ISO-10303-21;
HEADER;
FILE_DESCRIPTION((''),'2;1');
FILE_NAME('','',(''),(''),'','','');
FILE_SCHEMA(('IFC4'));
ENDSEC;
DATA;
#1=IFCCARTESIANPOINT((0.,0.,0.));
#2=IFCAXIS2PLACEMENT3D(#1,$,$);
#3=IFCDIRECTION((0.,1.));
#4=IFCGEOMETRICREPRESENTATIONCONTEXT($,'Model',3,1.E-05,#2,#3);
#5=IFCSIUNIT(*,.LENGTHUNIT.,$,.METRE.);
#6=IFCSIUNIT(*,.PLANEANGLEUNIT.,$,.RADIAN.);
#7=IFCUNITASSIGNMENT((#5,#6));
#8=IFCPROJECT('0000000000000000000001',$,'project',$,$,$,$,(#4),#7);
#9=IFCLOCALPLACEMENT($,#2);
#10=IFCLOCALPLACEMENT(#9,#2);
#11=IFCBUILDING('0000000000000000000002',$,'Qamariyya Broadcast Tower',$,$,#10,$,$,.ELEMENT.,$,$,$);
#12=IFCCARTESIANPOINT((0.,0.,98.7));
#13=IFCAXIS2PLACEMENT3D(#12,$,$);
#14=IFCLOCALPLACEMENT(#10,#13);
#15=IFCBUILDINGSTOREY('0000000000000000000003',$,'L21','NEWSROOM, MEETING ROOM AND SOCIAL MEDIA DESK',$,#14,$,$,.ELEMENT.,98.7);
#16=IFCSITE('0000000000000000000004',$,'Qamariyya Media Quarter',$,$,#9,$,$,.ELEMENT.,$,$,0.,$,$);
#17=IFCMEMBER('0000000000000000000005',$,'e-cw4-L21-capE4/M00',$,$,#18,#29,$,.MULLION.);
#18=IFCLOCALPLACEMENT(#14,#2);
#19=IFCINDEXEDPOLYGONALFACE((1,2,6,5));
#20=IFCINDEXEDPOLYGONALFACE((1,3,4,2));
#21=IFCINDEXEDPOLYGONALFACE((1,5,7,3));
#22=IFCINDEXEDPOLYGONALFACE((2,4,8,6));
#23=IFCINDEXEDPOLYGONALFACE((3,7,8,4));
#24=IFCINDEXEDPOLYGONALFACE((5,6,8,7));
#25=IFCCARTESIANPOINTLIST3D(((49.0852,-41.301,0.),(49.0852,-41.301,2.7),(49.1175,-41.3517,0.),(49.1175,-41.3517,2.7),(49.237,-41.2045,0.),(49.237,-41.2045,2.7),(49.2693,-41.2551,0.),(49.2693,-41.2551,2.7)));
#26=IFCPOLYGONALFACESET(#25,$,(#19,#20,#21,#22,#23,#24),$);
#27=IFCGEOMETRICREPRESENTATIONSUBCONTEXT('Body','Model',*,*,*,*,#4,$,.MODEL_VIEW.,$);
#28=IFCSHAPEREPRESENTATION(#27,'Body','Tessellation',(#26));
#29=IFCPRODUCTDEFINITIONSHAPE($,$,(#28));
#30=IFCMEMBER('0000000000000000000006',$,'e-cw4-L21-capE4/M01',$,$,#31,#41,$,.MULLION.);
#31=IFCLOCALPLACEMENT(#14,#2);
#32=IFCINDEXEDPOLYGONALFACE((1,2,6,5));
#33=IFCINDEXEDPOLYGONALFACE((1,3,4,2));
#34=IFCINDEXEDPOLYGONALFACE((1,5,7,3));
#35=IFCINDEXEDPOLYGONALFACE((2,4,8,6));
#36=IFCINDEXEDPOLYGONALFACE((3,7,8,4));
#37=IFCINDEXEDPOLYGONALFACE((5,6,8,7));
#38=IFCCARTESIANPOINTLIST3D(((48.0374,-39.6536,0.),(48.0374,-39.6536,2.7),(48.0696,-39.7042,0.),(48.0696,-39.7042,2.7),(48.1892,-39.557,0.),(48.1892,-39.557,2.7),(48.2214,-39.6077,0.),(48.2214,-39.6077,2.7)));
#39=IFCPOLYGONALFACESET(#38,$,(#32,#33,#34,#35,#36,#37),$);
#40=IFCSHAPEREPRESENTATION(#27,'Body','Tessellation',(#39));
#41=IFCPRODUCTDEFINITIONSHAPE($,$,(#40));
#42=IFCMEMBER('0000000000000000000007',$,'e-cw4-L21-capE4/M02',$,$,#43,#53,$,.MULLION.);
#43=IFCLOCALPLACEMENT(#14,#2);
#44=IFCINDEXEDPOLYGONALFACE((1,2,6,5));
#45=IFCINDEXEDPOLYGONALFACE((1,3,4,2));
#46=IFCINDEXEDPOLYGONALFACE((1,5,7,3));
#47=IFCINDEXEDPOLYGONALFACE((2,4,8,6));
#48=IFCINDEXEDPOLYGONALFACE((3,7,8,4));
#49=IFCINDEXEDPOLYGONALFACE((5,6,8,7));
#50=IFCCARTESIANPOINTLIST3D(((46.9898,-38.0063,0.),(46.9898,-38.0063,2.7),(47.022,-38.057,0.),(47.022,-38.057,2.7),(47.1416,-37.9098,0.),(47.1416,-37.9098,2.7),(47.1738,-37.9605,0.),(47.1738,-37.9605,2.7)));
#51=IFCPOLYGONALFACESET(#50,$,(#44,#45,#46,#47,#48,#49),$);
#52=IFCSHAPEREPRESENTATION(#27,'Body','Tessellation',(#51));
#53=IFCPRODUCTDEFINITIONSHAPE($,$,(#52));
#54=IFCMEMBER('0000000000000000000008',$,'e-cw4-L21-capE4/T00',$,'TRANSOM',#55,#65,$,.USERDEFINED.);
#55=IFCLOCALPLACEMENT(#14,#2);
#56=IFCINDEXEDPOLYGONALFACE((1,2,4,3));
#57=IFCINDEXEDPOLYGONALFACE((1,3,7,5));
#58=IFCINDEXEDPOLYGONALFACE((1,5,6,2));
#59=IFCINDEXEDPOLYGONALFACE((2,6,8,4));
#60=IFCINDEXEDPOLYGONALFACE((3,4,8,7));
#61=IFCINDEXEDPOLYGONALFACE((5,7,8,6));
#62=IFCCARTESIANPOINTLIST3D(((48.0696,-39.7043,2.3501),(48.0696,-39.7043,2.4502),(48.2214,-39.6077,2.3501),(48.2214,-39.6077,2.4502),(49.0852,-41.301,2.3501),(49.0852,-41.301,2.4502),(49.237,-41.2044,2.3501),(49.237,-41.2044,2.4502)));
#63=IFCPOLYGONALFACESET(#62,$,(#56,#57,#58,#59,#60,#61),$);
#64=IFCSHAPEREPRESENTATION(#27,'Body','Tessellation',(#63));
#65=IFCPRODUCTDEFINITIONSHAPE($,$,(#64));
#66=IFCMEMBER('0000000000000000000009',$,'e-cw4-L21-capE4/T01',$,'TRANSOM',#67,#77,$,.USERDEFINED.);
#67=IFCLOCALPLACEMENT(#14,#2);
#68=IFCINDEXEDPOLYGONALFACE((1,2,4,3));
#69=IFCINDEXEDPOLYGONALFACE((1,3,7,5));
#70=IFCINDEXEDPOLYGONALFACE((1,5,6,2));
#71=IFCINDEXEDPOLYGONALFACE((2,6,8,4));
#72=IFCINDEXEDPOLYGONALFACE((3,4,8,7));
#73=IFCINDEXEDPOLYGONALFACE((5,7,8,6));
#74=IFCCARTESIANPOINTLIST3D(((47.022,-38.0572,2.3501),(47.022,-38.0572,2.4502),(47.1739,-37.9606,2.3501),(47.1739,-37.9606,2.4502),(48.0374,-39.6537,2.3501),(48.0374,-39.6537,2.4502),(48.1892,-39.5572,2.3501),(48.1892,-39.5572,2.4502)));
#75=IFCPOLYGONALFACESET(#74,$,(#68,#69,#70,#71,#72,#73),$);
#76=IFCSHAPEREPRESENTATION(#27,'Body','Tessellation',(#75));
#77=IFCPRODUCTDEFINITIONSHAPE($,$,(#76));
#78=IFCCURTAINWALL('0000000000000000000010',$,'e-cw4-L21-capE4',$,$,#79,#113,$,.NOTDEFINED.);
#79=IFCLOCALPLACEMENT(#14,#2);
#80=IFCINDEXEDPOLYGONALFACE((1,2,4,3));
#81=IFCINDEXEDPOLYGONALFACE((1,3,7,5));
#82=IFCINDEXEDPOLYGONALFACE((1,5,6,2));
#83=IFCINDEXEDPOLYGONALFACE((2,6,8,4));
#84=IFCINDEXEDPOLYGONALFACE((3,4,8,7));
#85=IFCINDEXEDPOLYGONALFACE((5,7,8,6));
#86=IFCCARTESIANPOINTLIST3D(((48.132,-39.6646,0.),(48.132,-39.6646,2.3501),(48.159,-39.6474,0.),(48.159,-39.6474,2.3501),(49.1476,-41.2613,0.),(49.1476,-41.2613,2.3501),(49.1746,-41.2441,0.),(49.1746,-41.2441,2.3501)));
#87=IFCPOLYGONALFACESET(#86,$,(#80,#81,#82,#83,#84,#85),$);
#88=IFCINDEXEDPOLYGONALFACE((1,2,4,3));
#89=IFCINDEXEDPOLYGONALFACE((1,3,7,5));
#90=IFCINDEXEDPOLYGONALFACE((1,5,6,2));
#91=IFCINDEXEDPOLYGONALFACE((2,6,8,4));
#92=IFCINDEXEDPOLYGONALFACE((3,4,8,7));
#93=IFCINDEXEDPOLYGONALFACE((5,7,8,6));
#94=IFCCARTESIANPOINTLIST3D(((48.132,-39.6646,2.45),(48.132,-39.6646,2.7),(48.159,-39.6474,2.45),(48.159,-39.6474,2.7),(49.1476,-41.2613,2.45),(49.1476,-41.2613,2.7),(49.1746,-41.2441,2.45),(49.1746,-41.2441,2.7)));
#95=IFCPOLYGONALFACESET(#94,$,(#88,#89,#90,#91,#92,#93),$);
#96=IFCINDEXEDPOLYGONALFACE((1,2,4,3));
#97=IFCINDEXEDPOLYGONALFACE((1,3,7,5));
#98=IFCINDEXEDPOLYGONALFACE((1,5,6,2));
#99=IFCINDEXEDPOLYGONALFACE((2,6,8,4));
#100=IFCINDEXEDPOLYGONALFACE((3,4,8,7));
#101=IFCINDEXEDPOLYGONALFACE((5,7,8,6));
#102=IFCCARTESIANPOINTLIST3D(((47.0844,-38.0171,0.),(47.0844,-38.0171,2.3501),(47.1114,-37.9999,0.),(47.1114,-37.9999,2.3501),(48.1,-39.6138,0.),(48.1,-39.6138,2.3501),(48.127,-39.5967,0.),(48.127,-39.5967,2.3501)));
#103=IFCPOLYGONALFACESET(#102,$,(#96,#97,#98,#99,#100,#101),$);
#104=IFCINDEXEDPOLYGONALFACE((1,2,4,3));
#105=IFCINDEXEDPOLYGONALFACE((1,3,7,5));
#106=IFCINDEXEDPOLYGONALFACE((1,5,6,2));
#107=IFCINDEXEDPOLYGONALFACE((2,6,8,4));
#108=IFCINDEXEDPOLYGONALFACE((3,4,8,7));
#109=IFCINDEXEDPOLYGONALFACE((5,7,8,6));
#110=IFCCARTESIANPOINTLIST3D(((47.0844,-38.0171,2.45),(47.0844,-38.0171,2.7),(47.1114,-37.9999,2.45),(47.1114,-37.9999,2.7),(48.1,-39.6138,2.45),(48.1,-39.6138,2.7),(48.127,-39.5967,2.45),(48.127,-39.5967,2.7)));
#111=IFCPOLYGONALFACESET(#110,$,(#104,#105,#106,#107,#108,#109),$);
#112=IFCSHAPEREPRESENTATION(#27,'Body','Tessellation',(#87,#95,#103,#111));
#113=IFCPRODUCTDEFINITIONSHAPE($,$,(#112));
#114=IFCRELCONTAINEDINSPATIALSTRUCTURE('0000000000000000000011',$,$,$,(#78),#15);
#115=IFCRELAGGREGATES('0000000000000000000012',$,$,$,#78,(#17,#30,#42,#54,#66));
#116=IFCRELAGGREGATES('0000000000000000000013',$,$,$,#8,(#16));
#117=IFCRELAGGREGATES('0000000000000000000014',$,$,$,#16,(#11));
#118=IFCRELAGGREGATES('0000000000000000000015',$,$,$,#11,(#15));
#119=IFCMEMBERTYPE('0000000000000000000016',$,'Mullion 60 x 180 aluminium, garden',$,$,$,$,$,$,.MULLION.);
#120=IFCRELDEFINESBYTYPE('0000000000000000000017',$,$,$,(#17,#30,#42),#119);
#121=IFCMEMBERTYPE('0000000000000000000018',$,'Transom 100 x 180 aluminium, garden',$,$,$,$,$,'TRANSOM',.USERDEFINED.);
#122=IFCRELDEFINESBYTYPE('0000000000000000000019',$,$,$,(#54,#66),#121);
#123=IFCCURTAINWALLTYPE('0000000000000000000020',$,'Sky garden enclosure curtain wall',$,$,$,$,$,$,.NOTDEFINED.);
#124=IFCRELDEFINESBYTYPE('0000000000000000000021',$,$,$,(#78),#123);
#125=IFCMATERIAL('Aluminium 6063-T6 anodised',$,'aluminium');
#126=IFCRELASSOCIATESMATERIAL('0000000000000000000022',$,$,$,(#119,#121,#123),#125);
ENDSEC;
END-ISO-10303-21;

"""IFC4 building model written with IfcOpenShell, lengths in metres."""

from ifc_helpers import new_model, si_unit, direction, frame, origin, origin_2d, place, context, subcontext, project, spatial, rectangle, extrude, material, material_profile, profile_set, type_object, element, aggregate, save


model = new_model("IFC4")

# Units and contexts
model_context = context("Model", 3, precision=1e-05, world=origin(), true_north=direction((0.0, 1.0)))
body_context = subcontext(model_context, "Body", "Model", "MODEL_VIEW")
ifc_project = project(units=[si_unit("LENGTHUNIT", "METRE"), si_unit("PLANEANGLEUNIT", "RADIAN")], contexts=[model_context])

# Members
ifc_material = material(Name="Aluminium 6063-T6 anodised", Category="aluminium")
ifc_material_profile_1 = material_profile(ifc_material, rectangle(XDim=0.1799, YDim=0.0601, at=origin_2d()))
ifc_profile_set_1 = profile_set([ifc_material_profile_1], Name="Aluminium 6063-T6 anodised")
member_type_1 = type_object("IfcMemberType", Name="Mullion 60 x 180 aluminium, garden", PredefinedType="MULLION", material=ifc_profile_set_1)
site_placement = place(None, origin())
building_placement = place(site_placement, origin())
storey_placement = place(building_placement, frame((0.0, 0.0, 98.7)))
member_1_placement = place(storey_placement, frame((49.1772, -41.2781, 0.0), z_axis=(0.0, 0.0, 1.0), x_axis=(-0.843779, -0.536691, 0.0)))
member_1 = element("IfcMember", 1, at=member_1_placement, type_object=member_type_1, Name="e-cw4-L21-capE4/M00", PredefinedType="MULLION", context=body_context, shape_type="SweptSolid", body=[
    extrude(rectangle(XDim=0.1799, YDim=0.0601, at=origin_2d()), origin(), (0.0, 0.0, 1.0), 2.7),
])
member_2_placement = place(storey_placement, frame((48.1294, -39.6306, 0.0), z_axis=(0.0, 0.0, 1.0), x_axis=(-0.843779, -0.536691, 0.0)))
member_2 = element("IfcMember", 2, at=member_2_placement, type_object=member_type_1, Name="e-cw4-L21-capE4/M01", PredefinedType="MULLION", context=body_context, shape_type="SweptSolid", body=[
    extrude(rectangle(XDim=0.1799, YDim=0.0601, at=origin_2d()), origin(), (0.0, 0.0, 1.0), 2.7),
])
member_3_placement = place(storey_placement, frame((47.0818, -37.9834, 0.0), z_axis=(0.0, 0.0, 1.0), x_axis=(-0.843779, -0.536691, 0.0)))
member_3 = element("IfcMember", 3, at=member_3_placement, type_object=member_type_1, Name="e-cw4-L21-capE4/M02", PredefinedType="MULLION", context=body_context, shape_type="SweptSolid", body=[
    extrude(rectangle(XDim=0.1799, YDim=0.0601, at=origin_2d()), origin(), (0.0, 0.0, 1.0), 2.7),
])
ifc_material_profile_2 = material_profile(ifc_material, rectangle(XDim=0.1799, YDim=0.1001, at=origin_2d()))
ifc_profile_set_2 = profile_set([ifc_material_profile_2], Name="Aluminium 6063-T6 anodised")
member_type_2 = type_object("IfcMemberType", Name="Transom 100 x 180 aluminium, garden", ElementType="TRANSOM", PredefinedType="USERDEFINED", material=ifc_profile_set_2)
member_4_placement = place(storey_placement, frame((49.1611, -41.2527, 2.4001), z_axis=(-0.536709, 0.843768, 0.0), x_axis=(-0.843768, -0.536709, 0.0)))
member_4 = element("IfcMember", 4, at=member_4_placement, type_object=member_type_2, Name="e-cw4-L21-capE4/T00", ObjectType="TRANSOM", PredefinedType="USERDEFINED", context=body_context, shape_type="SweptSolid", body=[
    extrude(rectangle(XDim=0.1799, YDim=0.1001, at=origin_2d()), origin(), (0.0, 0.0, 1.0), 1.8923),
])
member_5_placement = place(storey_placement, frame((48.1133, -39.6055, 2.4001), z_axis=(-0.536617, 0.843826, 0.0), x_axis=(-0.843826, -0.536617, 0.0)))
member_5 = element("IfcMember", 5, at=member_5_placement, type_object=member_type_2, Name="e-cw4-L21-capE4/T01", ObjectType="TRANSOM", PredefinedType="USERDEFINED", context=body_context, shape_type="SweptSolid", body=[
    extrude(rectangle(XDim=0.1799, YDim=0.1001, at=origin_2d()), origin(), (0.0, 0.0, 1.0), 1.8921),
])

# Site, building, storey
site = spatial("IfcSite", under=ifc_project, at=site_placement, Name="Qamariyya Media Quarter", CompositionType="ELEMENT", RefElevation=0.0)
building = spatial("IfcBuilding", under=site, at=building_placement, Name="Qamariyya Broadcast Tower", CompositionType="ELEMENT")
storey = spatial("IfcBuildingStorey", under=building, at=storey_placement, Name="L21", Description="NEWSROOM, MEETING ROOM AND SOCIAL MEDIA DESK", CompositionType="ELEMENT", Elevation=98.7)

# Curtain wall
curtain_wall_type = type_object("IfcCurtainWallType", Name="Sky garden enclosure curtain wall", PredefinedType="NOTDEFINED", material=ifc_material)
curtain_wall_1_placement = place(storey_placement, origin())
curtain_wall_1 = element("IfcCurtainWall", 6, at=curtain_wall_1_placement, inside=storey, type_object=curtain_wall_type, Name="e-cw4-L21-capE4", PredefinedType="NOTDEFINED", context=body_context, shape_type="SweptSolid", body=[
    extrude(rectangle(XDim=1.8923, YDim=0.032, at=origin_2d()), frame((48.6533, -40.4543, 0.0), x_axis=(-0.53668, 0.843786, 0.0)), (0.0, 0.0, 1.0), 2.3501),
    extrude(rectangle(XDim=1.8923, YDim=0.032, at=origin_2d()), frame((48.6533, -40.4543, 2.45), x_axis=(-0.53668, 0.843786, 0.0)), (0.0, 0.0, 1.0), 0.25),
    extrude(rectangle(XDim=1.8923, YDim=0.032, at=origin_2d()), frame((47.6057, -38.8069, 0.0), x_axis=(-0.53668, 0.843786, 0.0)), (0.0, 0.0, 1.0), 2.3501),
    extrude(rectangle(XDim=1.8923, YDim=0.032, at=origin_2d()), frame((47.6057, -38.8069, 2.45), x_axis=(-0.53668, 0.843786, 0.0)), (0.0, 0.0, 1.0), 0.25),
])
aggregate(curtain_wall_1, [member_1, member_2, member_3, member_4, member_5])

save(model, "model.ifc")
